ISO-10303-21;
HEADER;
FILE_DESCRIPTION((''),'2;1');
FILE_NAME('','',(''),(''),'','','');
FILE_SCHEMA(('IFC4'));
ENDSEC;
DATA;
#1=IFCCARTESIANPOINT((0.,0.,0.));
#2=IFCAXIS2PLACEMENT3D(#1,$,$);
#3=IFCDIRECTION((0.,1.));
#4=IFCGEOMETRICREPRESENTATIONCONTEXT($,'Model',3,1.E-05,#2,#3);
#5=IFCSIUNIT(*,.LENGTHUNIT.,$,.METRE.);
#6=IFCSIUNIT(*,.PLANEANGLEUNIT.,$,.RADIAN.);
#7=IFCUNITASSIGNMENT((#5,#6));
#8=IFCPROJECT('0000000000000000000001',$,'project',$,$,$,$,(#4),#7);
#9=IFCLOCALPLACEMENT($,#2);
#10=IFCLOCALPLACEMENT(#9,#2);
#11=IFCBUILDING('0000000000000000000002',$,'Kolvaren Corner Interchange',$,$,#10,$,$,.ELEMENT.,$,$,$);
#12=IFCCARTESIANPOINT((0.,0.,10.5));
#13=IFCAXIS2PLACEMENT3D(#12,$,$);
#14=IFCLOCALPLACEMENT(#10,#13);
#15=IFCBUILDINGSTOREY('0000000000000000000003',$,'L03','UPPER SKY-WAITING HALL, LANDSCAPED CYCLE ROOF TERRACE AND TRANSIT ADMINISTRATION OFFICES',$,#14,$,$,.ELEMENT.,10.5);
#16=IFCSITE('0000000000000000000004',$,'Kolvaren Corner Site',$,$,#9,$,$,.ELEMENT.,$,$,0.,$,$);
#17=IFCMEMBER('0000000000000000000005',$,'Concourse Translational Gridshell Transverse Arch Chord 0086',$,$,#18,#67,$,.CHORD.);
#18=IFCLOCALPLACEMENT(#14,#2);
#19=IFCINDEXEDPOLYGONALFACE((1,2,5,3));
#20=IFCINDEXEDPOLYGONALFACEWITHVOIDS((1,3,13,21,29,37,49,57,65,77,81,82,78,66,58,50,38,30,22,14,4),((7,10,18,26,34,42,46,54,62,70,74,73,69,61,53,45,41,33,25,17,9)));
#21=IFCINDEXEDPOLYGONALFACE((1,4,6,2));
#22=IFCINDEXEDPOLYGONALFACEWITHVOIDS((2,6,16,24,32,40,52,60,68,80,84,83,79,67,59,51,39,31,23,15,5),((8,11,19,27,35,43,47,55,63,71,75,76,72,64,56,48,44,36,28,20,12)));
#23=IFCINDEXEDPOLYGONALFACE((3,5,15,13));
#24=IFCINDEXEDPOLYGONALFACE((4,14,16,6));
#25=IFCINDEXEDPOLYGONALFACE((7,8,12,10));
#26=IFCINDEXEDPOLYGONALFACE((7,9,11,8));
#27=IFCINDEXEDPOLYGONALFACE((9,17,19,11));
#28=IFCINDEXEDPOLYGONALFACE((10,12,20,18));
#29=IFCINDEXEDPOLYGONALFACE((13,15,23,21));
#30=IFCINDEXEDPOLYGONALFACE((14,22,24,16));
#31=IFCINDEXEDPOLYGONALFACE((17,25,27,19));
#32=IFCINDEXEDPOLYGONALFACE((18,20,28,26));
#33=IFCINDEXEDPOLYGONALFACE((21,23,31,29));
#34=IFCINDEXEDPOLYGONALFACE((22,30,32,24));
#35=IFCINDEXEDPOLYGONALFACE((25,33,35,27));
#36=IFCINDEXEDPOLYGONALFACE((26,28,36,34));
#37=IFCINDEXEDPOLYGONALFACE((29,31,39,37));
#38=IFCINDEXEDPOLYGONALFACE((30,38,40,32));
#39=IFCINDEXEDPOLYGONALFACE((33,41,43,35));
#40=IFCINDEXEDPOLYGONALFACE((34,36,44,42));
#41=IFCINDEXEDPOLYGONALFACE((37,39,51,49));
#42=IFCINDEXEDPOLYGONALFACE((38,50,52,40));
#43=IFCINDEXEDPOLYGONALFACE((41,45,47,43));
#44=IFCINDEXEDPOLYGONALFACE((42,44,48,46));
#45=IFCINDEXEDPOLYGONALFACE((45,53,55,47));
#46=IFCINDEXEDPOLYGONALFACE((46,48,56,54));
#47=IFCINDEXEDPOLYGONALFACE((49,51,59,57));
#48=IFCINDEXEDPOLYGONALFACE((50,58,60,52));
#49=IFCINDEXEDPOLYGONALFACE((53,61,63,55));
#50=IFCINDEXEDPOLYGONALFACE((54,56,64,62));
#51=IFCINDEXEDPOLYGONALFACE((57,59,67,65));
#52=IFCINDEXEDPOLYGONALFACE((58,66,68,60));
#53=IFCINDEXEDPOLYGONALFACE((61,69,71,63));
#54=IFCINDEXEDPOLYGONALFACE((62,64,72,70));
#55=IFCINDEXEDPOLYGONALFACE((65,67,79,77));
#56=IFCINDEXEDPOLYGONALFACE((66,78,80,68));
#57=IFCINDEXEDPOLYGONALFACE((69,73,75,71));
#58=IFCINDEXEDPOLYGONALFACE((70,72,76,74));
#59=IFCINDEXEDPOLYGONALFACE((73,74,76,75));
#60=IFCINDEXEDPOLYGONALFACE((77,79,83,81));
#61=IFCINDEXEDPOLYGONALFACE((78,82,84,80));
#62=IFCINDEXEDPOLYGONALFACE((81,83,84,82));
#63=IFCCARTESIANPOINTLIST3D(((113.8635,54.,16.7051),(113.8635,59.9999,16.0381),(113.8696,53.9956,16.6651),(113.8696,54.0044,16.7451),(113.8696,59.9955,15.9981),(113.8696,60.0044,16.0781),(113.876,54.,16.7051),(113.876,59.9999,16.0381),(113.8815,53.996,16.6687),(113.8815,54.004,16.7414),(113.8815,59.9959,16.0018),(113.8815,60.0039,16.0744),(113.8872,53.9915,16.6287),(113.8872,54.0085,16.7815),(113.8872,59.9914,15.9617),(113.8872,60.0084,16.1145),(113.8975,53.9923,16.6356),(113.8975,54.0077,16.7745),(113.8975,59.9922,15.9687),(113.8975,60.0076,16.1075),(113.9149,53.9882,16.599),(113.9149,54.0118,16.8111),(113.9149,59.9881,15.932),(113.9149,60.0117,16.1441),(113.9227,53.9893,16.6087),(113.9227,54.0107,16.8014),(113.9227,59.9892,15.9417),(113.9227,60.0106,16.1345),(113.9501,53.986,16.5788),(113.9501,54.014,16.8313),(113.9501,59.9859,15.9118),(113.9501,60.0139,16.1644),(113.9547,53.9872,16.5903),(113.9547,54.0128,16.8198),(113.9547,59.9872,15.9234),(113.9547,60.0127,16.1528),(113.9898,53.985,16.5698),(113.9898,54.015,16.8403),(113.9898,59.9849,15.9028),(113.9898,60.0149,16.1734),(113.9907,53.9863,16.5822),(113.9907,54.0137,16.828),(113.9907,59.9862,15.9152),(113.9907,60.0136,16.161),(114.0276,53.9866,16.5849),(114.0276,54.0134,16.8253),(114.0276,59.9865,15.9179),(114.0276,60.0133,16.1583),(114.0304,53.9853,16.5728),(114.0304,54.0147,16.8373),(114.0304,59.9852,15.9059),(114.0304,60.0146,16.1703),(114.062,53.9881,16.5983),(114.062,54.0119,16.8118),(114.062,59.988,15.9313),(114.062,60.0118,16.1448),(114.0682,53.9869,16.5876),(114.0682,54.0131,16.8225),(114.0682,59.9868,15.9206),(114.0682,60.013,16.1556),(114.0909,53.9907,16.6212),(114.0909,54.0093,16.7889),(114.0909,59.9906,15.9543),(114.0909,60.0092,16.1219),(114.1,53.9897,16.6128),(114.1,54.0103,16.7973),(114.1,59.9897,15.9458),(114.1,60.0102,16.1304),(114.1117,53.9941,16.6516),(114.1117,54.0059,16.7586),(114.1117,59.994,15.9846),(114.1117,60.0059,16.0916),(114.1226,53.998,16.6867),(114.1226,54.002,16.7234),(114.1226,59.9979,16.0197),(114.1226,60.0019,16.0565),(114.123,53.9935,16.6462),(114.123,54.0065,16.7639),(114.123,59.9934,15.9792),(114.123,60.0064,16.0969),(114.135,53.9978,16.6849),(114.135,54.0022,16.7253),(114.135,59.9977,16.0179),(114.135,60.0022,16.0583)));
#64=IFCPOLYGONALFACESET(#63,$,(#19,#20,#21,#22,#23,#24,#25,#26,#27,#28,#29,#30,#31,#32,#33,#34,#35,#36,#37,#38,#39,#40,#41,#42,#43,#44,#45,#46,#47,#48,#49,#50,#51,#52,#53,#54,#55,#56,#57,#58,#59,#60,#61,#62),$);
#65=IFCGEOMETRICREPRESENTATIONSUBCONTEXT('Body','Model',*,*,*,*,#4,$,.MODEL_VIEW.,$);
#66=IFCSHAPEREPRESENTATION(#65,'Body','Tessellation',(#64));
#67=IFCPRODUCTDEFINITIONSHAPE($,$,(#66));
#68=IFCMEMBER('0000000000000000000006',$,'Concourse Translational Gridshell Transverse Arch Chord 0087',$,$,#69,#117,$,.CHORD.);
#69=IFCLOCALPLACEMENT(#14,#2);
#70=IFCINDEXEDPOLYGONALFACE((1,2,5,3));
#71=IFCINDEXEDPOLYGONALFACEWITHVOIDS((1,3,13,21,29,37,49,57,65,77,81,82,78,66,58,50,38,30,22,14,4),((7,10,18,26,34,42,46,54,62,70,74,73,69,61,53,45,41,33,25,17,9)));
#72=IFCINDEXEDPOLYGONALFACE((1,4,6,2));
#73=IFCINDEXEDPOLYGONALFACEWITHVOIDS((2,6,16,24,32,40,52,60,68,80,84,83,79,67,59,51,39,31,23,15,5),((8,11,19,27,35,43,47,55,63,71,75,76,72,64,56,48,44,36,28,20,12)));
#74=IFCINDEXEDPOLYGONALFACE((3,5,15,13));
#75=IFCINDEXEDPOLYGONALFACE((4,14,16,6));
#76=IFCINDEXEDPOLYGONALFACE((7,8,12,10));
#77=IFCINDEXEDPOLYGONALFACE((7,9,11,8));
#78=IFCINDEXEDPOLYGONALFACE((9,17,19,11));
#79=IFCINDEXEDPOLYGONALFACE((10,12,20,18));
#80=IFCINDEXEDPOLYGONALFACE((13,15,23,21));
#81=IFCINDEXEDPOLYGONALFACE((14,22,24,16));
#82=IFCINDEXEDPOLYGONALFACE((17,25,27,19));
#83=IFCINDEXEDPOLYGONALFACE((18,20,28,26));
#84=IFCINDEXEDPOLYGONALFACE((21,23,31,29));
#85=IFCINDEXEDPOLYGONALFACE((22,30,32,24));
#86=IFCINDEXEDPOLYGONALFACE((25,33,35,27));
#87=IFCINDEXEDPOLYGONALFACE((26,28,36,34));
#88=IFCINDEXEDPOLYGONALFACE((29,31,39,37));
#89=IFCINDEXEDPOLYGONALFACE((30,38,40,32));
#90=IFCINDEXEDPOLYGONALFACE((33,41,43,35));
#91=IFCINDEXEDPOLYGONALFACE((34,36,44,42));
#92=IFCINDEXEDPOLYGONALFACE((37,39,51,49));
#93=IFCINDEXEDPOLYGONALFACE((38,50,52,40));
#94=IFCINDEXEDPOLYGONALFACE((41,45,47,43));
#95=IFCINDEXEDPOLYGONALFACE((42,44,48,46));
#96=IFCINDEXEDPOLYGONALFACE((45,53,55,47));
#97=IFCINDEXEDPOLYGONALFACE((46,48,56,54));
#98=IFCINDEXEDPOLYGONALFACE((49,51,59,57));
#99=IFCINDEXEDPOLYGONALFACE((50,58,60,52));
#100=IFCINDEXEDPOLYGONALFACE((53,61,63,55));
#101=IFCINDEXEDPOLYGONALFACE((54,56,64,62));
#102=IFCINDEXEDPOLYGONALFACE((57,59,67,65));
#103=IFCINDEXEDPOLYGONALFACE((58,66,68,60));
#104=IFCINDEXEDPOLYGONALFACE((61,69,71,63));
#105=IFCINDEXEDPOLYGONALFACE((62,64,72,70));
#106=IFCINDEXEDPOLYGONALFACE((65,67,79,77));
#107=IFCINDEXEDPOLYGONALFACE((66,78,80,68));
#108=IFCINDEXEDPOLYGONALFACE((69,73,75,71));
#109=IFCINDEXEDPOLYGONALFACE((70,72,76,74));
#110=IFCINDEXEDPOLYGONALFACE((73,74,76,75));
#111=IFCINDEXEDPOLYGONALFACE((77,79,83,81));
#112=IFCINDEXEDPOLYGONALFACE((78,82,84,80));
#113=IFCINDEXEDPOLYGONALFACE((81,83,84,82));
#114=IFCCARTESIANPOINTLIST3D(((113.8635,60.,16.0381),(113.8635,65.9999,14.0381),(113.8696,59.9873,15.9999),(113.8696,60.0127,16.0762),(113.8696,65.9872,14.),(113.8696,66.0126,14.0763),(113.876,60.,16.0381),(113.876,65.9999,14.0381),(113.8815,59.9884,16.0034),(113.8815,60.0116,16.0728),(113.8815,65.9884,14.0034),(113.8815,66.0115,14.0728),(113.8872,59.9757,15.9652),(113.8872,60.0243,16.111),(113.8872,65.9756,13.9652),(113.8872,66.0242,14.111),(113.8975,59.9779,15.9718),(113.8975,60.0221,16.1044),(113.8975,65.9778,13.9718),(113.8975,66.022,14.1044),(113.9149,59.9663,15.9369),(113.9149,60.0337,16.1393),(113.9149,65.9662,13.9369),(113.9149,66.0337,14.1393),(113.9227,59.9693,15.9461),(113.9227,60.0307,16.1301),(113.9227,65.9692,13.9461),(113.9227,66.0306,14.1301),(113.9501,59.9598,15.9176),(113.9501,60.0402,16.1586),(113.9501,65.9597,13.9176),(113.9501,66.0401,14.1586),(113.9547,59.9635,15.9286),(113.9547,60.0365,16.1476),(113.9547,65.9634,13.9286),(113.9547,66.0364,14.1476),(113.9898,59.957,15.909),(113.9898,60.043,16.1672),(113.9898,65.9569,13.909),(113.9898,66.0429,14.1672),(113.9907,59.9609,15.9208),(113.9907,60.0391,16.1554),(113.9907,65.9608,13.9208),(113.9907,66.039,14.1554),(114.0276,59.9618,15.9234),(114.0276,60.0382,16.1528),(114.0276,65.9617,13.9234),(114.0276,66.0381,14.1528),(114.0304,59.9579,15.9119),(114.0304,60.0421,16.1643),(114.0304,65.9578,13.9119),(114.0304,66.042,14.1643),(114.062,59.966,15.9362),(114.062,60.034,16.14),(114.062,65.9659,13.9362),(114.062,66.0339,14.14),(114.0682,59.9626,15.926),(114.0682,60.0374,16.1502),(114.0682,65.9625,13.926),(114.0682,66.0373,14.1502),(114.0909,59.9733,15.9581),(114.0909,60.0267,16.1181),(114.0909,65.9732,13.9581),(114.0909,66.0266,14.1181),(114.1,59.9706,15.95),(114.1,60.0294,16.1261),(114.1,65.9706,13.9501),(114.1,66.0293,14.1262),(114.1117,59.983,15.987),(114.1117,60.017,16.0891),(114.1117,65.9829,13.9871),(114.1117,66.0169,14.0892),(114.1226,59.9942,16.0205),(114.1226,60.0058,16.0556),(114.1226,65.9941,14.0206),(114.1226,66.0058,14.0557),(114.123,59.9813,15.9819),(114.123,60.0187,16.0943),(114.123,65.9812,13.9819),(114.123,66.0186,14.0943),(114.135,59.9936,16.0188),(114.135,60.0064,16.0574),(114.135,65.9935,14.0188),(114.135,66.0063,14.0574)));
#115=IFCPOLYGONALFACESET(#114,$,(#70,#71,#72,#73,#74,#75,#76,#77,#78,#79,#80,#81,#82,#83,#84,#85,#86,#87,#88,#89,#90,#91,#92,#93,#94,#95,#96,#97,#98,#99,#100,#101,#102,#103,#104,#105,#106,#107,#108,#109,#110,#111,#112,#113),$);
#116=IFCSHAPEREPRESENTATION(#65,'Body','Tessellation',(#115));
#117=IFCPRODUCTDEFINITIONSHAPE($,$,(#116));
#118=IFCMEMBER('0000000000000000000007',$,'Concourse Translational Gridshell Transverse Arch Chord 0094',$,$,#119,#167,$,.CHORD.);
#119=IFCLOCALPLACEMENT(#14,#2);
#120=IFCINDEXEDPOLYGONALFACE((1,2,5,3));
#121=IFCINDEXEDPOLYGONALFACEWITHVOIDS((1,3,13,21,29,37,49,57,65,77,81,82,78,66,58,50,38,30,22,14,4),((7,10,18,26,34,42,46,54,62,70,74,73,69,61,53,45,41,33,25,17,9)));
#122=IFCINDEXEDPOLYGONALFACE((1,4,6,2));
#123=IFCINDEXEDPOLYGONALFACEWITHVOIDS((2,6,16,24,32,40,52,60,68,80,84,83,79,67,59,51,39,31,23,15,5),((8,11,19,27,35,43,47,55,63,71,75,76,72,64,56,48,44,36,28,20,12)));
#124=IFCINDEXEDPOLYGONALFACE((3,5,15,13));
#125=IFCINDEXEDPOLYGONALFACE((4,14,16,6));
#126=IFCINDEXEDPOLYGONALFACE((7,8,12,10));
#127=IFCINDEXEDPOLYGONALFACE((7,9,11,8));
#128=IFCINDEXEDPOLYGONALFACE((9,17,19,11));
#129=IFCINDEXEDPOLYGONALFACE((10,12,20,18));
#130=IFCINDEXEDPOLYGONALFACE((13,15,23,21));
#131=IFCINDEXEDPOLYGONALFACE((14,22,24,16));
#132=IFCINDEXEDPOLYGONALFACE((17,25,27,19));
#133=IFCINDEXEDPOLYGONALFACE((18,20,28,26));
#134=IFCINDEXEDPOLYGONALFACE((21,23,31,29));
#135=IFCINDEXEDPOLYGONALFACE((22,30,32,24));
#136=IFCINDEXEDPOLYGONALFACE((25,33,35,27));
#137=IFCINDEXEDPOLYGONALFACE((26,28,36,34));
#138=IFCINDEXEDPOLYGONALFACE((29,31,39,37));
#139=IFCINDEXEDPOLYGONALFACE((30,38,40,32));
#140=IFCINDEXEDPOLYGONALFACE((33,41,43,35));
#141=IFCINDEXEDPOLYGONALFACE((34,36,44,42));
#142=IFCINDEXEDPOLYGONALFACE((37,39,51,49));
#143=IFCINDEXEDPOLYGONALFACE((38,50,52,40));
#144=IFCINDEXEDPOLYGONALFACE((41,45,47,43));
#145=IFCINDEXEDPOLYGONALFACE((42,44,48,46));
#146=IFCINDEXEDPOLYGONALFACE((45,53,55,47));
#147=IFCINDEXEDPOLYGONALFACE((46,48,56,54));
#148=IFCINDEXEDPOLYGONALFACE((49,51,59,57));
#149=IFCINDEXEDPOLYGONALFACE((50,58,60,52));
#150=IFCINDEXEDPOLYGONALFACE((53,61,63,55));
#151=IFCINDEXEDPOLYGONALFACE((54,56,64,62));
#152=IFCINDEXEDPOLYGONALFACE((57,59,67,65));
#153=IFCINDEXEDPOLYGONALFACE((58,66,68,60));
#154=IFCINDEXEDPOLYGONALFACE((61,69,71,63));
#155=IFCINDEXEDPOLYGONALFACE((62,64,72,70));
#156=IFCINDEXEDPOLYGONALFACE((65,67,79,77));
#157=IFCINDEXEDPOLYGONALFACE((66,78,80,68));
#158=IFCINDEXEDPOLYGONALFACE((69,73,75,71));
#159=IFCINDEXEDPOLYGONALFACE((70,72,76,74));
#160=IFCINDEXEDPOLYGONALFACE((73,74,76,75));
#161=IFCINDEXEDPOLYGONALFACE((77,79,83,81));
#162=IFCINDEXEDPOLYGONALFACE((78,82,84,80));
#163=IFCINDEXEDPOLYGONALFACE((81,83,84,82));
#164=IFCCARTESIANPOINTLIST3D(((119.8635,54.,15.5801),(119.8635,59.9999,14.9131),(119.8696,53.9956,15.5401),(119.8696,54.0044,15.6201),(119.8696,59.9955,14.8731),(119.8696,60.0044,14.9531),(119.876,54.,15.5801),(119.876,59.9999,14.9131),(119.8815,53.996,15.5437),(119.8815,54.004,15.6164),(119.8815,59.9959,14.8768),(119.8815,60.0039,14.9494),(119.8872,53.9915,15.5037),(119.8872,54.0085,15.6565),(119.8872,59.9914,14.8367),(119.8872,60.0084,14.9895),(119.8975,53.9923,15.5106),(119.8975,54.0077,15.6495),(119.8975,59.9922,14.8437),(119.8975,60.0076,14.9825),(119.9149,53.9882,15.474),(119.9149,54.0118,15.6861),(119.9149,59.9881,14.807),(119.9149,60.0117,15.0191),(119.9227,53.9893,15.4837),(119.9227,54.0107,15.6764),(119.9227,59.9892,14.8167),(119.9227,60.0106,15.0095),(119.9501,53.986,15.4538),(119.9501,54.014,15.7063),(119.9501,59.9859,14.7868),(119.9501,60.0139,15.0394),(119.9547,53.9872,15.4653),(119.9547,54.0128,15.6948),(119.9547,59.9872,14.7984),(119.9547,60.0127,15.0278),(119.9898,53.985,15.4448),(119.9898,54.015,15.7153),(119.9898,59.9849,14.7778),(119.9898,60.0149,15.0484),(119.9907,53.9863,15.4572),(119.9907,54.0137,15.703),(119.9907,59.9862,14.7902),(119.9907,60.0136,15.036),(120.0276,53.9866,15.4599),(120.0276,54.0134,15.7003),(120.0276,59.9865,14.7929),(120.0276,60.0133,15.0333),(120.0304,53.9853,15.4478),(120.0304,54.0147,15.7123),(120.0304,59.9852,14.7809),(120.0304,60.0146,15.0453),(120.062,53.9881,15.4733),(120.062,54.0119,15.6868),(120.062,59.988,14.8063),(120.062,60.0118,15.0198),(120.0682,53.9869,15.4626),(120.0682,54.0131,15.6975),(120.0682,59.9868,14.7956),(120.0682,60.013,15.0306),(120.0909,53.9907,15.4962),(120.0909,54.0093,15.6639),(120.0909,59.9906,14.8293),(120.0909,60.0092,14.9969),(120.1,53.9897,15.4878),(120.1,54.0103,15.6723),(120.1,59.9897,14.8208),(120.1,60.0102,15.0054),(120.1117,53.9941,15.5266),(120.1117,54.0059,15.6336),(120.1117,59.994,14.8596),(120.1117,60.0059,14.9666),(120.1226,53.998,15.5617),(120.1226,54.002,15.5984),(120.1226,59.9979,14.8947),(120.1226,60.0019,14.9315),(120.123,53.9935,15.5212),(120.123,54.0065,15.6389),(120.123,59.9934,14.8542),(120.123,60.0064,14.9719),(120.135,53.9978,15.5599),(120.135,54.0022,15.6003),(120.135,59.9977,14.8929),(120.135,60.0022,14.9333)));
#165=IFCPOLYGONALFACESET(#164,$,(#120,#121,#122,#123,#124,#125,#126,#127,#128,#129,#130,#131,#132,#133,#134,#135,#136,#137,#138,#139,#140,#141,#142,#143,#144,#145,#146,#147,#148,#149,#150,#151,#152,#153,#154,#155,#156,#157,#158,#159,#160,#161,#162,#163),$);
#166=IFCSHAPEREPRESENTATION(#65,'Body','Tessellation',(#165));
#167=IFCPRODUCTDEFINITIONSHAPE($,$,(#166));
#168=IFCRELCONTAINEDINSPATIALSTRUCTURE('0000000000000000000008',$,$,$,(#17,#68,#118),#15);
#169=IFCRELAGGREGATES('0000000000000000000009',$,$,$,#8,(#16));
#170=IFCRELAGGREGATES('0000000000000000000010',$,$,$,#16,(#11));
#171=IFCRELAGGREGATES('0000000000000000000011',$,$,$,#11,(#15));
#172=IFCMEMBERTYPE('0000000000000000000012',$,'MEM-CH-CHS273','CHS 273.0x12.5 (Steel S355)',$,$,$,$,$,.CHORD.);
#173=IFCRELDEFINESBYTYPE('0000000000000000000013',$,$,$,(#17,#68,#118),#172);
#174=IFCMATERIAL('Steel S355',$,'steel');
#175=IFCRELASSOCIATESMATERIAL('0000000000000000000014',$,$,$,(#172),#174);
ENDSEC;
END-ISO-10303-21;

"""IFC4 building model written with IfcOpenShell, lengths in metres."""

from ifc_helpers import new_model, si_unit, direction, frame, origin, origin_2d, place, context, subcontext, project, spatial, hollow_circle, extrude, material, material_profile, profile_set, type_object, element, save


model = new_model("IFC4")

# Units and contexts
model_context = context("Model", 3, precision=1e-05, world=origin(), true_north=direction((0.0, 1.0)))
body_context = subcontext(model_context, "Body", "Model", "MODEL_VIEW")
ifc_project = project(units=[si_unit("LENGTHUNIT", "METRE"), si_unit("PLANEANGLEUNIT", "RADIAN")], contexts=[model_context])

# Site, building, storey
site_placement = place(None, origin())
site = spatial("IfcSite", under=ifc_project, at=site_placement, Name="Kolvaren Corner Site", CompositionType="ELEMENT", RefElevation=0.0)
building_placement = place(site_placement, origin())
building = spatial("IfcBuilding", under=site, at=building_placement, Name="Kolvaren Corner Interchange", CompositionType="ELEMENT")
storey_placement = place(building_placement, frame((0.0, 0.0, 10.5)))
storey = spatial("IfcBuildingStorey", under=building, at=storey_placement, Name="L03", Description="UPPER SKY-WAITING HALL, LANDSCAPED CYCLE ROOF TERRACE AND TRANSIT ADMINISTRATION OFFICES", CompositionType="ELEMENT", Elevation=10.5)

# Members
ifc_material_1 = material(Name="Steel S355", Category="steel")
ifc_material_profile_1 = material_profile(ifc_material_1, hollow_circle(Radius=0.1365, WallThickness=0.0125, at=origin_2d()), Name="CHS 273.0x12.5")
ifc_profile_set_1 = profile_set([ifc_material_profile_1], Name="Steel S355")
member_type_1 = type_object("IfcMemberType", Name="MEM-CH-CHS273", Description="CHS 273.0x12.5 (Steel S355)", PredefinedType="CHORD", material=ifc_profile_set_1)
member_1_placement = place(storey_placement, frame((114.0, 54.0, 16.7051), z_axis=(0.0, 0.993878, -0.110485), x_axis=(-1.0, 0.0, 0.0)))
element("IfcMember", 1, at=member_1_placement, inside=storey, type_object=member_type_1, Name="Concourse Translational Gridshell Transverse Arch Chord 0086", PredefinedType="CHORD", context=body_context, shape_type="SweptSolid", body=[
    extrude(hollow_circle(Radius=0.1365, WallThickness=0.0125, at=origin_2d()), origin(), (0.0, 0.0, 1.0), 6.0369),
])
member_2_placement = place(storey_placement, frame((114.0, 60.0, 16.0381), z_axis=(0.0, 0.948683, -0.316228), x_axis=(-1.0, 0.0, 0.0)))
element("IfcMember", 2, at=member_2_placement, inside=storey, type_object=member_type_1, Name="Concourse Translational Gridshell Transverse Arch Chord 0087", PredefinedType="CHORD", context=body_context, shape_type="SweptSolid", body=[
    extrude(hollow_circle(Radius=0.1365, WallThickness=0.0125, at=origin_2d()), origin(), (0.0, 0.0, 1.0), 6.3245),
])
member_3_placement = place(storey_placement, frame((120.0, 54.0, 15.5801), z_axis=(0.0, 0.993878, -0.110485), x_axis=(-1.0, 0.0, 0.0)))
element("IfcMember", 3, at=member_3_placement, inside=storey, type_object=member_type_1, Name="Concourse Translational Gridshell Transverse Arch Chord 0094", PredefinedType="CHORD", context=body_context, shape_type="SweptSolid", body=[
    extrude(hollow_circle(Radius=0.1365, WallThickness=0.0125, at=origin_2d()), origin(), (0.0, 0.0, 1.0), 6.0369),
])

save(model, "model.ifc")
